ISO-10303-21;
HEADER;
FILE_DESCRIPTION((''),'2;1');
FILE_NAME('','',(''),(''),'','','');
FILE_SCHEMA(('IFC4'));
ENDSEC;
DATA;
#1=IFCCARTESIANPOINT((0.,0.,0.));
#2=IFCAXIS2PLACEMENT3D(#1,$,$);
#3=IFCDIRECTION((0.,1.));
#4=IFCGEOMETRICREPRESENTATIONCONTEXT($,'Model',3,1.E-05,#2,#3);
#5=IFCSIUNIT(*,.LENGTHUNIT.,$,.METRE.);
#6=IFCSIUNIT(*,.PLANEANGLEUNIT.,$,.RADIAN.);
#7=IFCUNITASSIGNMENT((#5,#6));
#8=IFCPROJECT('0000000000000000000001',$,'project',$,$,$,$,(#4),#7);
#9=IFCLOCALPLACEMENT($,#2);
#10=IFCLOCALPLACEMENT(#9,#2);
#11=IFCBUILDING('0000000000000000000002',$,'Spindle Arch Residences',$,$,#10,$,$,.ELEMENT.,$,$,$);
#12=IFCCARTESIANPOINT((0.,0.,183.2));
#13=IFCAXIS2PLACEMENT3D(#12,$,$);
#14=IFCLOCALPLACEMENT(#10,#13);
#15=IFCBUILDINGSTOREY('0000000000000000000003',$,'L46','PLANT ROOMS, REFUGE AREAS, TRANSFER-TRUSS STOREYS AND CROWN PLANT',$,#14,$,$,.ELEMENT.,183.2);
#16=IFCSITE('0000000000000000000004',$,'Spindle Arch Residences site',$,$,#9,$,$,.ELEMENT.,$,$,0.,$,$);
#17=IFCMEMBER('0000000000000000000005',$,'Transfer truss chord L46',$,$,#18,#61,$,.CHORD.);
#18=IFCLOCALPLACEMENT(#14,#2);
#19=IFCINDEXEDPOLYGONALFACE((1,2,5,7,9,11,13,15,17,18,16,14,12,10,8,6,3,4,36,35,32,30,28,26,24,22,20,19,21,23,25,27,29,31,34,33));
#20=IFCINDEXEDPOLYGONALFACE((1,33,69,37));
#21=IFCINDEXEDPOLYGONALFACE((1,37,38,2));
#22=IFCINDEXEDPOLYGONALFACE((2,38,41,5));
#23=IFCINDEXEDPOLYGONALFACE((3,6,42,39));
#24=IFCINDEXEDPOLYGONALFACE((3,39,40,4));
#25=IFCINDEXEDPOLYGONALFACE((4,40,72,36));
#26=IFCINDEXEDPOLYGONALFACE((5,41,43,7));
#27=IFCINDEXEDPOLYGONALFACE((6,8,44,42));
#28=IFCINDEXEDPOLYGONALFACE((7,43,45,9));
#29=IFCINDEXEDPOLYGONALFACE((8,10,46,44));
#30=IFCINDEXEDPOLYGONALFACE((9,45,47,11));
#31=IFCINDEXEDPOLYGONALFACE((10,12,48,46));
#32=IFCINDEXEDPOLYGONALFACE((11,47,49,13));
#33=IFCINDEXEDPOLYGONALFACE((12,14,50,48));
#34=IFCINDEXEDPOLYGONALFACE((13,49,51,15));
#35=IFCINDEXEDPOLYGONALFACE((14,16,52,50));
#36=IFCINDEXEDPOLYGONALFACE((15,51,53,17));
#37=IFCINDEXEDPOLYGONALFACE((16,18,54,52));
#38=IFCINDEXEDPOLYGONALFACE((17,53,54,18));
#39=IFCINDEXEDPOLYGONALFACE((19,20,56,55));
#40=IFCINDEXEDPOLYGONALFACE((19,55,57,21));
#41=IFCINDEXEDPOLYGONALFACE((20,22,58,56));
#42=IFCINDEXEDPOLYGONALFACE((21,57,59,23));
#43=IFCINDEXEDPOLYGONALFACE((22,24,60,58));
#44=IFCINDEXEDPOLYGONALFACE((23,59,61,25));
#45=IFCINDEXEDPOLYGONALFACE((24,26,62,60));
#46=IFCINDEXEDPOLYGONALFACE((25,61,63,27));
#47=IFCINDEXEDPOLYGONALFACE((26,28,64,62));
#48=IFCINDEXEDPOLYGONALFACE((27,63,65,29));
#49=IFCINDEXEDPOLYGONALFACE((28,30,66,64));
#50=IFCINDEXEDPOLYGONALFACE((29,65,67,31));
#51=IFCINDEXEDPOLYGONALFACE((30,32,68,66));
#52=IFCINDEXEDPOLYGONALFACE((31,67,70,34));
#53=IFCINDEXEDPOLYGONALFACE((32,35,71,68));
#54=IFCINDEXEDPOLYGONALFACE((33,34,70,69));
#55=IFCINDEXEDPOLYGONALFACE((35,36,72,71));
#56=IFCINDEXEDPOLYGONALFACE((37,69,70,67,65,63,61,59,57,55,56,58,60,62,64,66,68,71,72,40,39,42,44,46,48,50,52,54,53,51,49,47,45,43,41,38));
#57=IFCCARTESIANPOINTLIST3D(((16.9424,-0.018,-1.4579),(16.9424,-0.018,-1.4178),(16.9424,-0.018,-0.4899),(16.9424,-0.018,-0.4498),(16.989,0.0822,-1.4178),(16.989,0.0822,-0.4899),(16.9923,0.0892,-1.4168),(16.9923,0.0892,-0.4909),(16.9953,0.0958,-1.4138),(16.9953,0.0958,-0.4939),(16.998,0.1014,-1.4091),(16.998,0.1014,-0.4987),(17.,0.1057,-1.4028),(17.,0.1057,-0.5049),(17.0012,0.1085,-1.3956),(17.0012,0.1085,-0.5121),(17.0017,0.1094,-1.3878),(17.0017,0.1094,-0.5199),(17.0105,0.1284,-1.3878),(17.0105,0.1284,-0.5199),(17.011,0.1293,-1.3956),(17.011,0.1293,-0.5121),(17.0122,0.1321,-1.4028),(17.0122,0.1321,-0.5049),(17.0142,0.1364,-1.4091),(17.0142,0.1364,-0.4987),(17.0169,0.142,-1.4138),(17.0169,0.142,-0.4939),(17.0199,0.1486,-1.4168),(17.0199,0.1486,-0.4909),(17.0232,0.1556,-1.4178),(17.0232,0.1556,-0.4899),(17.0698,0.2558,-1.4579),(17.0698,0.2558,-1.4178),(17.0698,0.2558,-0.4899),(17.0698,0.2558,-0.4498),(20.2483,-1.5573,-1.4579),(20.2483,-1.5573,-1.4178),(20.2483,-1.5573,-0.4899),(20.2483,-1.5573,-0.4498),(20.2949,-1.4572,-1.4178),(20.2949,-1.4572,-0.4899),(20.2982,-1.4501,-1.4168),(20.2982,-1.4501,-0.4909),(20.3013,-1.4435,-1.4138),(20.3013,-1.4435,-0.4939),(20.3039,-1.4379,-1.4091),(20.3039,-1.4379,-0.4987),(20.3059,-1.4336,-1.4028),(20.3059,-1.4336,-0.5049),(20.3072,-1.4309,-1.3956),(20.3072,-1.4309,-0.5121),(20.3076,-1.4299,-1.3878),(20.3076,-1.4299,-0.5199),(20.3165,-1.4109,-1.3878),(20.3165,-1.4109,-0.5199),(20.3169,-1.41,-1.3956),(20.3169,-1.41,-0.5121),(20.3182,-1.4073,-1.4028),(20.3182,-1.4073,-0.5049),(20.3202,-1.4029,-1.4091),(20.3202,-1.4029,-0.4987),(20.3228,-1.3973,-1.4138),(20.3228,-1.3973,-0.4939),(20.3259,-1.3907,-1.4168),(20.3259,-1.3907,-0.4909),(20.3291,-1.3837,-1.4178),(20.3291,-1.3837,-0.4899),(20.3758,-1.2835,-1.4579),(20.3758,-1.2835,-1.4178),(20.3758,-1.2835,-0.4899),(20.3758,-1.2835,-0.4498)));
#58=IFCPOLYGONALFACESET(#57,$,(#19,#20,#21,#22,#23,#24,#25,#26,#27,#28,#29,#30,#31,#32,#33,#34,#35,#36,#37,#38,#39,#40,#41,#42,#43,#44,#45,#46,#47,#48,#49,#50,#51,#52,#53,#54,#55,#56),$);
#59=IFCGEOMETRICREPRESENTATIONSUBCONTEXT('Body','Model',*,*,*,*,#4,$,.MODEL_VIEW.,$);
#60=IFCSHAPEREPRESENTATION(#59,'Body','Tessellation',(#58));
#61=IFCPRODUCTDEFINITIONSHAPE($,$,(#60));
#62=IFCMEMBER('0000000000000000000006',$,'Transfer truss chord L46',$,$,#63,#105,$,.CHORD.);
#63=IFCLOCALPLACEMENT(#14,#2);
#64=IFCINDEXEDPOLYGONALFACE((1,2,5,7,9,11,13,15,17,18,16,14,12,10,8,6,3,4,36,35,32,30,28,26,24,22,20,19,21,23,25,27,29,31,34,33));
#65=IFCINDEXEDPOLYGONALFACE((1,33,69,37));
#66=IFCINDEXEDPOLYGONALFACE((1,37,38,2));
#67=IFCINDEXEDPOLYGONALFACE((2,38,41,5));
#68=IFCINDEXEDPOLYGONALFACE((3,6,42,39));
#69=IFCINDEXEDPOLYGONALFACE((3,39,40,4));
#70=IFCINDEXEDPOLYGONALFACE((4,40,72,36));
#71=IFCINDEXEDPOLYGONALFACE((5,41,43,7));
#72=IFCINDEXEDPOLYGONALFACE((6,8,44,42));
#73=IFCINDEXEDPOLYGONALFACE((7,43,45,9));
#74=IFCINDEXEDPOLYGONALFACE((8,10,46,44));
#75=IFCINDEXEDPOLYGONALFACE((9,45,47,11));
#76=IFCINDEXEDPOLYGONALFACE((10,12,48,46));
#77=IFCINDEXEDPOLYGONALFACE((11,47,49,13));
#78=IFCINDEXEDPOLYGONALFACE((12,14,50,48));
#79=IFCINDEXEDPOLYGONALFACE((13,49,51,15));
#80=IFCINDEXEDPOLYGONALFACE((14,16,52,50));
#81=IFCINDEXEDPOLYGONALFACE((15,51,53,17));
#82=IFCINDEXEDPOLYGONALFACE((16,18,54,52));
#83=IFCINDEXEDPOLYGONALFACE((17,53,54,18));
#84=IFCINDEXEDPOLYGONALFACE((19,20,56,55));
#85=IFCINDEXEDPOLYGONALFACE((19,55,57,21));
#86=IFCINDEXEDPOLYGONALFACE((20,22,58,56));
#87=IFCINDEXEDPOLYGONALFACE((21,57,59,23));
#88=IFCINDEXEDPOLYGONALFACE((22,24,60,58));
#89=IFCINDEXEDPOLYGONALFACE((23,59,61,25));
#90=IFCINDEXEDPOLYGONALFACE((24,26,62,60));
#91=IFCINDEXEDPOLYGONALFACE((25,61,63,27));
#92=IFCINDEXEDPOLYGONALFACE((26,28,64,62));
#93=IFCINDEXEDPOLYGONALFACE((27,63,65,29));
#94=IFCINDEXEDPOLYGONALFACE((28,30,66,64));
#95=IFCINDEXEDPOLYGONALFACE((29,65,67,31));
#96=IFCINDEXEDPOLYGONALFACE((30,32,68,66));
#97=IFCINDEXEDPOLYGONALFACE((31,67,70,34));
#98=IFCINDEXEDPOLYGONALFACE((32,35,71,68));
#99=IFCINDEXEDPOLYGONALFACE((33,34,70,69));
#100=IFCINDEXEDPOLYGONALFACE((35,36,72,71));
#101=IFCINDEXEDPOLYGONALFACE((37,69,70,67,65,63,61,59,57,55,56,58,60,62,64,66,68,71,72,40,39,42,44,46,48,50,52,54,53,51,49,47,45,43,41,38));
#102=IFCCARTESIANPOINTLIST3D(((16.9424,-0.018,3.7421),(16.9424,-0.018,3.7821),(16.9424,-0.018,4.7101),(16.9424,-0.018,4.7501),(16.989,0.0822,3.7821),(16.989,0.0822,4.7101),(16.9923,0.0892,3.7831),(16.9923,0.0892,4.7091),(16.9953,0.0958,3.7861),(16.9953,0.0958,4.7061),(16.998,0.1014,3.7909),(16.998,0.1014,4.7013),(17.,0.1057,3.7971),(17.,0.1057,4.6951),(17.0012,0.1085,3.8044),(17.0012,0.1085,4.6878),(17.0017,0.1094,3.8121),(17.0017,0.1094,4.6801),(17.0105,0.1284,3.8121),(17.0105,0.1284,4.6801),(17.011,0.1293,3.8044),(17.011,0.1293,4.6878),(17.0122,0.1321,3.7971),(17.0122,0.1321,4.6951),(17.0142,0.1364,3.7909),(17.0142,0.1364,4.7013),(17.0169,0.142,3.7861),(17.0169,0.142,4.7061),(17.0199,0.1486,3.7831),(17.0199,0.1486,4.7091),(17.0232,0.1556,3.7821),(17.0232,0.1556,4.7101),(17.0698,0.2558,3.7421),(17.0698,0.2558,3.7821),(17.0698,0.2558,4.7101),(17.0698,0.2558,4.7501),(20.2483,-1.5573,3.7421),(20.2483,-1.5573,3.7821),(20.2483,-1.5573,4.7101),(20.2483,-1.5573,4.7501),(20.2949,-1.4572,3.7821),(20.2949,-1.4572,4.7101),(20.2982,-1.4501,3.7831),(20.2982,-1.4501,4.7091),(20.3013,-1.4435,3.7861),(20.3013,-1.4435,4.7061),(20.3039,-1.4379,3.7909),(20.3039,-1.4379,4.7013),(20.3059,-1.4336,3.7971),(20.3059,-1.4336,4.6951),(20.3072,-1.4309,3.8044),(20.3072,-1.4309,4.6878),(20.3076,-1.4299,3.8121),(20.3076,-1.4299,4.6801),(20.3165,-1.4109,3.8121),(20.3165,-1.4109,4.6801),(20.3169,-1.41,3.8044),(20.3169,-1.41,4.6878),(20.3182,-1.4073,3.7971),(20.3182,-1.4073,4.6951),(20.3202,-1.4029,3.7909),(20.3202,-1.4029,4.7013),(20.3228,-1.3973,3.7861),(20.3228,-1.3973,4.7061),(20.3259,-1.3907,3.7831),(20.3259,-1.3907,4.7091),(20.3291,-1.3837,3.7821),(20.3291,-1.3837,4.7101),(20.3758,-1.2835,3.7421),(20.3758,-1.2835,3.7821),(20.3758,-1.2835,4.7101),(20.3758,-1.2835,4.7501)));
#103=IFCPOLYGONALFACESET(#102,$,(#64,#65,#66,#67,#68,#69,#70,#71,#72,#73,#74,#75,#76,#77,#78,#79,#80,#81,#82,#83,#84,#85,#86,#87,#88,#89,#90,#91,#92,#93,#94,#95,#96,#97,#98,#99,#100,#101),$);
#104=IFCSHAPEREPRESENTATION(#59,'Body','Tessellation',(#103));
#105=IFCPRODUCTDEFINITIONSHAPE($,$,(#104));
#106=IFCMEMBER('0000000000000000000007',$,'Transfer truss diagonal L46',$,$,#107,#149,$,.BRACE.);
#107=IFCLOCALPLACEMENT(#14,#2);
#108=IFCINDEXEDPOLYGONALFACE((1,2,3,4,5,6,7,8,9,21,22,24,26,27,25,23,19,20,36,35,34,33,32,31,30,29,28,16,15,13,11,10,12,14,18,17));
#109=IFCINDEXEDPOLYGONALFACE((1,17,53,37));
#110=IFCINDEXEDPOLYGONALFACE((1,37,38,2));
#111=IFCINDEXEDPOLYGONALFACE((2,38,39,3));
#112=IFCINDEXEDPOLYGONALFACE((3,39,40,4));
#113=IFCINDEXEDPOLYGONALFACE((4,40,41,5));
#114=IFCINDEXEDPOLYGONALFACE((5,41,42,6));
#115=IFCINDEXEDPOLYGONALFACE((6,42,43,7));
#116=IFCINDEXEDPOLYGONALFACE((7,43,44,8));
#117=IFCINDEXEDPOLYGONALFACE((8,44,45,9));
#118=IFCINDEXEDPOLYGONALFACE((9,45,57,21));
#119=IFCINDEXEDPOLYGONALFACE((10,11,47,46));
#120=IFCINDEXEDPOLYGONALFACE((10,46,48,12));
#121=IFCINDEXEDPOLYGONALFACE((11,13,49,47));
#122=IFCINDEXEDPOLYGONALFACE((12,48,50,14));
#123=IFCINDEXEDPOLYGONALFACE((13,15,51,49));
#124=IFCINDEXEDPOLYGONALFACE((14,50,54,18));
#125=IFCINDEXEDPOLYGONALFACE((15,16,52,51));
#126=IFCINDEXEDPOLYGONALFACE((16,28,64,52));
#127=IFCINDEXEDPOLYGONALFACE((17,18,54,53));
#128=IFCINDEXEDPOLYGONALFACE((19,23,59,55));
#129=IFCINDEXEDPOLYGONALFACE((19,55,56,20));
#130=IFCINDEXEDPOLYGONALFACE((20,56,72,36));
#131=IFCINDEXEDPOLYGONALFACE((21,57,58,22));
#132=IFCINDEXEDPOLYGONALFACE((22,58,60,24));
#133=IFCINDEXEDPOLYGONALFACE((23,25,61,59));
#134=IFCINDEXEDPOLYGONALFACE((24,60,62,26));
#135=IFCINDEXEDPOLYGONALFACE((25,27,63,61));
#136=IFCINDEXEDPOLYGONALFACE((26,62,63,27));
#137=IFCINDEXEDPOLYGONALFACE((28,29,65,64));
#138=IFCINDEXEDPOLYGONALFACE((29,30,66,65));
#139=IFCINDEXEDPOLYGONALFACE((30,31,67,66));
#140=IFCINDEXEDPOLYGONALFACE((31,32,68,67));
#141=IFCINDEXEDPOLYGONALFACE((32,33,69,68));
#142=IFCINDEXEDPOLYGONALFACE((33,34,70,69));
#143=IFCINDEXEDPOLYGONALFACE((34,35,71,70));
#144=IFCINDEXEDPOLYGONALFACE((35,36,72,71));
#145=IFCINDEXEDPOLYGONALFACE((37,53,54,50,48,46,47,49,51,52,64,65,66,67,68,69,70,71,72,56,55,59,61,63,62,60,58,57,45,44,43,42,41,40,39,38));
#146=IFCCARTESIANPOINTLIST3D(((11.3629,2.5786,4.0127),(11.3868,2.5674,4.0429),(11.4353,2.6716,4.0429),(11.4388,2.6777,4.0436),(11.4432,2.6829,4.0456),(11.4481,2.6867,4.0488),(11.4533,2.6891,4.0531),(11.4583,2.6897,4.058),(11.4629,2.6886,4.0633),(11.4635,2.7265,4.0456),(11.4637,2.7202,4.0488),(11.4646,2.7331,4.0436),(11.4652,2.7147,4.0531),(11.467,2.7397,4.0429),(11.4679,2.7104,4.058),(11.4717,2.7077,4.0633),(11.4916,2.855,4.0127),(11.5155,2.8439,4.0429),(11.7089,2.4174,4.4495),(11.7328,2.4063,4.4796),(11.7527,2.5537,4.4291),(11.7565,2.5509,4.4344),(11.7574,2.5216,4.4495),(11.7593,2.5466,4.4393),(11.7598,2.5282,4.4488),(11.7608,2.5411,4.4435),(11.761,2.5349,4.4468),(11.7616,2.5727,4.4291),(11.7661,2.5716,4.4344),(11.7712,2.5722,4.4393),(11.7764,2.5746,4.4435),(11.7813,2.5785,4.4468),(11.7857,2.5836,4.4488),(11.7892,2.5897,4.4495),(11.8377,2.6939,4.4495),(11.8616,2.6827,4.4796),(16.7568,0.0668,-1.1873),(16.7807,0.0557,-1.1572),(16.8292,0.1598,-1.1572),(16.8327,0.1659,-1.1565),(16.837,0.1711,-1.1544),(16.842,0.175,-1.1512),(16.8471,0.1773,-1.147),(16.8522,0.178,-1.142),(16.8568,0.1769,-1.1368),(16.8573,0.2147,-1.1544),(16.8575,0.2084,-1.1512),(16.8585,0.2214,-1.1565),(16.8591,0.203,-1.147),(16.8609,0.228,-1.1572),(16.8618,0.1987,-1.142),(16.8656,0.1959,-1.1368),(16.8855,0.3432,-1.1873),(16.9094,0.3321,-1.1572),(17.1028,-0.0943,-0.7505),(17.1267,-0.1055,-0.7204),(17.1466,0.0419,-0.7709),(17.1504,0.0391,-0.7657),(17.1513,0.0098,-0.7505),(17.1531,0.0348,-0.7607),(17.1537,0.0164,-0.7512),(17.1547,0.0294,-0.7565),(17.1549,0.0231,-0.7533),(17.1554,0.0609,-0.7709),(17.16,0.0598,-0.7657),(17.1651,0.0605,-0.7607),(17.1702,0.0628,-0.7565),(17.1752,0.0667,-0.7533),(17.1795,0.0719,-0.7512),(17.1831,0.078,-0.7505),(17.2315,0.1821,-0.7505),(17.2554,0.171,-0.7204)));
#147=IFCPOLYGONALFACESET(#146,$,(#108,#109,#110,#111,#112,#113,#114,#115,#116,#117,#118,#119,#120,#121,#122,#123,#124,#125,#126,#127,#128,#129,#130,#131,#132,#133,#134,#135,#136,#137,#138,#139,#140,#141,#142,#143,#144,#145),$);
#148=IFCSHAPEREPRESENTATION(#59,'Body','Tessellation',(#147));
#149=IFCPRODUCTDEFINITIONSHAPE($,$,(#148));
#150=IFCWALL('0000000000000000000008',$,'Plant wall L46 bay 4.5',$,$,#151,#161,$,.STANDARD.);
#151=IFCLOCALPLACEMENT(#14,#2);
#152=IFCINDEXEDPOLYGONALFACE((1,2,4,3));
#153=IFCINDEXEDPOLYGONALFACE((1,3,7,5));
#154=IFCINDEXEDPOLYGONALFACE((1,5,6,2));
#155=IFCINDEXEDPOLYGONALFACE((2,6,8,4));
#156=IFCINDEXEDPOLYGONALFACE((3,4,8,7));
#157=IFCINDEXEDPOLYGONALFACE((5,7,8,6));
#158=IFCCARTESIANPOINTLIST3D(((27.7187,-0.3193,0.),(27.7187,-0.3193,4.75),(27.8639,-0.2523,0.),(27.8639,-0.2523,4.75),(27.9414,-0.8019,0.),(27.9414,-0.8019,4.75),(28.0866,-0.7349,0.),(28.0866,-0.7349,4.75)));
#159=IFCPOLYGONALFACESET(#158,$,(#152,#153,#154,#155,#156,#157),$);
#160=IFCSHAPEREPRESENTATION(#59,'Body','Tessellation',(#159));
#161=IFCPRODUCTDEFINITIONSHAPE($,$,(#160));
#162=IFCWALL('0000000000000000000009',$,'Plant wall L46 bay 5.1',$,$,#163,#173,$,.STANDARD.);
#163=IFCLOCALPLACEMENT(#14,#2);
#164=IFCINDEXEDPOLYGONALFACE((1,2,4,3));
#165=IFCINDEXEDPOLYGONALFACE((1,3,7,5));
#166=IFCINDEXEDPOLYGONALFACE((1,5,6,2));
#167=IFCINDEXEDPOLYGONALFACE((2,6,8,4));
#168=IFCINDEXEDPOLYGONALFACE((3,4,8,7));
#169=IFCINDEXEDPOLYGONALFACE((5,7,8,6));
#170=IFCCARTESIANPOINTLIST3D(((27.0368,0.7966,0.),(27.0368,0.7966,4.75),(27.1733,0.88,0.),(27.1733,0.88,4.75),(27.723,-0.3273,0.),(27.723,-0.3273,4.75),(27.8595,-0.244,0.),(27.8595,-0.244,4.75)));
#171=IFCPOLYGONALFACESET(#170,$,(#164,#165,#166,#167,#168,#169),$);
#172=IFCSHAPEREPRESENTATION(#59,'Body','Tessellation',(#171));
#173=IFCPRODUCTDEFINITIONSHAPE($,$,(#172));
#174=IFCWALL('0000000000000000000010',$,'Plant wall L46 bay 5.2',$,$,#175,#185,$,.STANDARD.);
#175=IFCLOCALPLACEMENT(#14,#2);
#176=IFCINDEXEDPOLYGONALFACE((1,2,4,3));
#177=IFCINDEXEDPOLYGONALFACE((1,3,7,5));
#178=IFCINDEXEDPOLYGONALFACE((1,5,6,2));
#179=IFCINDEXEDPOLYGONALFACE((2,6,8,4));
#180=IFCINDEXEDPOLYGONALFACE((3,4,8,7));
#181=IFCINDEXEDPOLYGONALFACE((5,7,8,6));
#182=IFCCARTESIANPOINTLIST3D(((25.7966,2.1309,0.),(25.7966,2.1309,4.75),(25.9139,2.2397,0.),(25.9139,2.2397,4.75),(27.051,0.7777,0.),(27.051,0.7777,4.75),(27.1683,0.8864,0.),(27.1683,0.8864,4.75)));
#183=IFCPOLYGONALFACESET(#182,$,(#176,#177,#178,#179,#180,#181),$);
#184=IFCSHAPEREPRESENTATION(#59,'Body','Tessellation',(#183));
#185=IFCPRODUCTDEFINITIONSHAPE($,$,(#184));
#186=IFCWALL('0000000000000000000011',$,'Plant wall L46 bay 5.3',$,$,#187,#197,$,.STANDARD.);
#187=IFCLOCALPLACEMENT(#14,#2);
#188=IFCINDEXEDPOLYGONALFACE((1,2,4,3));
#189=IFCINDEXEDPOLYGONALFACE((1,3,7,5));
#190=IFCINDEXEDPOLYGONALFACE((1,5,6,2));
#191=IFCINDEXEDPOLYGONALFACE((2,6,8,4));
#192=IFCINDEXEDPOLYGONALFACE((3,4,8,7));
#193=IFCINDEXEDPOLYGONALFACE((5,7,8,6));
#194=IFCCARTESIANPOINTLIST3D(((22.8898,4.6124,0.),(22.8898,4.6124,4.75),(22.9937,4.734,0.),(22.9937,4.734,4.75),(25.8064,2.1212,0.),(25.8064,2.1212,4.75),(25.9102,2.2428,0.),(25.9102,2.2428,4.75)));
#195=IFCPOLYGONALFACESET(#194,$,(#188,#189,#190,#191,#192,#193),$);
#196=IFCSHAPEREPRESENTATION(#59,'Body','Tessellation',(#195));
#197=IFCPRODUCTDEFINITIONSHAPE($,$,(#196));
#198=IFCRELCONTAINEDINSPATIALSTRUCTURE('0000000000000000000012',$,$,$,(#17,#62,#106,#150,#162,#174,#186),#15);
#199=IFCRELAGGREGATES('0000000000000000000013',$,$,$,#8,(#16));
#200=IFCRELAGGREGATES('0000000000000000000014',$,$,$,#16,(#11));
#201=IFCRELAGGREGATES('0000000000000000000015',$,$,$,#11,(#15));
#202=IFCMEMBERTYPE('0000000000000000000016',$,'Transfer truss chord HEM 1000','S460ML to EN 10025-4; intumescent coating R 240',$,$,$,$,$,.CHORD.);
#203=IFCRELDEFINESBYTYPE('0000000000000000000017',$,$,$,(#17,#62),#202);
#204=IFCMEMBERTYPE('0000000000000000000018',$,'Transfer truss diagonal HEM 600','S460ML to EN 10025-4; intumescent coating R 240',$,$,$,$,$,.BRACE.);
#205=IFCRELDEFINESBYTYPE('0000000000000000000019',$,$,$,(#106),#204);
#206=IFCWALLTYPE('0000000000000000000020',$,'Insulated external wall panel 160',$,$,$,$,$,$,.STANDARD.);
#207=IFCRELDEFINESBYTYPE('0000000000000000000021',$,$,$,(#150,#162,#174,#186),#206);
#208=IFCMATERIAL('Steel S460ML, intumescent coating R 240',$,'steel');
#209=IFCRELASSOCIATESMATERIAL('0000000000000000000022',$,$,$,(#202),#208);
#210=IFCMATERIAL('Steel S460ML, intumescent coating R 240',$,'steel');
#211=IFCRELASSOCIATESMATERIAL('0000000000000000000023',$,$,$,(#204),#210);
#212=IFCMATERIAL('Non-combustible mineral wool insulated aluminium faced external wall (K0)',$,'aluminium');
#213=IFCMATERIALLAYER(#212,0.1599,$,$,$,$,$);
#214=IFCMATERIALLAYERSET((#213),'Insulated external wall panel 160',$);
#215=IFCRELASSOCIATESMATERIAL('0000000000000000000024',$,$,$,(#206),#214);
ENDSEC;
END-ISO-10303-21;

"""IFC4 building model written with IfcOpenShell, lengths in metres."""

from ifc_helpers import new_model, si_unit, direction, frame, frame_2d, origin, origin_2d, place, context, subcontext, project, spatial, rectangle, i_section, extrude, material, layer, layer_set, material_profile, profile_set, type_object, element, save


model = new_model("IFC4")

# Units and contexts
model_context = context("Model", 3, precision=1e-05, world=origin(), true_north=direction((0.0, 1.0)))
body_context = subcontext(model_context, "Body", "Model", "MODEL_VIEW")
ifc_project = project(units=[si_unit("LENGTHUNIT", "METRE"), si_unit("PLANEANGLEUNIT", "RADIAN")], contexts=[model_context])

# Site, building, storey
site_placement = place(None, origin())
site = spatial("IfcSite", under=ifc_project, at=site_placement, Name="Spindle Arch Residences site", CompositionType="ELEMENT", RefElevation=0.0)
building_placement = place(site_placement, origin())
building = spatial("IfcBuilding", under=site, at=building_placement, Name="Spindle Arch Residences", CompositionType="ELEMENT")
storey_placement = place(building_placement, frame((0.0, 0.0, 183.2)))
storey = spatial("IfcBuildingStorey", under=building, at=storey_placement, Name="L46", Description="PLANT ROOMS, REFUGE AREAS, TRANSFER-TRUSS STOREYS AND CROWN PLANT", CompositionType="ELEMENT", Elevation=183.2)

# Members
ifc_material_1 = material(Name="Steel S460ML, intumescent coating R 240", Category="steel")
ifc_material_profile_1 = material_profile(ifc_material_1, i_section(OverallWidth=0.302, OverallDepth=1.0081, WebThickness=0.021, FlangeThickness=0.04, FilletRadius=0.03, at=origin_2d()), Name="HEM 1000")
ifc_profile_set_1 = profile_set([ifc_material_profile_1], Name="Steel S460ML, intumescent coating R 240")
member_type_1 = type_object("IfcMemberType", Name="Transfer truss chord HEM 1000", Description="S460ML to EN 10025-4; intumescent coating R 240", PredefinedType="CHORD", material=ifc_profile_set_1)
for number, where, z_axis, x_axis, name in (
    (1, (17.0061, 0.1189, -0.9539), (0.906545, -0.422108, 0.0), (0.422108, 0.906545, 0.0), "Transfer truss chord L46"),
    (2, (17.0061, 0.1189, 4.2461), (0.906545, -0.422108, 0.0), (0.422108, 0.906545, 0.0), "Transfer truss chord L46"),
):
    element("IfcMember", number, at=place(storey_placement, frame(where, z_axis=z_axis, x_axis=x_axis)), inside=storey, type_object=member_type_1, Name=name, PredefinedType="CHORD", context=body_context, shape_type="SweptSolid", body=[
        extrude(i_section(OverallWidth=0.302, OverallDepth=1.0081, WebThickness=0.021, FlangeThickness=0.04, FilletRadius=0.03, at=origin_2d()), origin(), (0.0, 0.0, 1.0), 3.6467),
    ])
ifc_material_2 = material(Name="Steel S460ML, intumescent coating R 240", Category="steel")
ifc_material_profile_2 = material_profile(ifc_material_2, i_section(OverallWidth=0.3049, OverallDepth=0.6201, WebThickness=0.021, FlangeThickness=0.04, FilletRadius=0.0271, at=origin_2d()), Name="HEM 600")
ifc_profile_set_2 = profile_set([ifc_material_profile_2], Name="Steel S460ML, intumescent coating R 240")
member_type_2 = type_object("IfcMemberType", Name="Transfer truss diagonal HEM 600", Description="S460ML to EN 10025-4; intumescent coating R 240", PredefinedType="BRACE", material=ifc_profile_set_2)
member_1_placement = place(storey_placement, frame((17.0061, 0.1189, -0.9539), z_axis=(-0.682588, 0.317859, 0.658057), x_axis=(-0.422142, -0.90653, 0.0)))
element("IfcMember", 3, at=member_1_placement, inside=storey, type_object=member_type_2, Name="Transfer truss diagonal L46", PredefinedType="BRACE", context=body_context, shape_type="SweptSolid", body=[
    extrude(i_section(OverallWidth=0.3049, OverallDepth=0.6201, WebThickness=0.021, FlangeThickness=0.04, FilletRadius=0.0271, at=origin_2d()), origin(), (0.0, 0.0, 1.0), 7.9021),
])

# Walls
ifc_material_3 = material(Name="Non-combustible mineral wool insulated aluminium faced external wall (K0)", Category="aluminium")
ifc_layer_1 = layer(ifc_material_3, 0.1599)
ifc_layer_set_1 = layer_set([ifc_layer_1], Name="Insulated external wall panel 160")
wall_type_1 = type_object("IfcWallType", Name="Insulated external wall panel 160", PredefinedType="STANDARD", material=ifc_layer_set_1)
wall_1_placement = place(storey_placement, frame((28.0139, -0.7683, 0.0), z_axis=(0.0, 0.0, 1.0), x_axis=(-0.418883, 0.90804, 0.0)))
element("IfcWall", 4, at=wall_1_placement, inside=storey, type_object=wall_type_1, Name="Plant wall L46 bay 4.5", PredefinedType="STANDARD", context=body_context, shape_type="SweptSolid", body=[
    extrude(rectangle(XDim=0.5315, YDim=0.1599, at=frame_2d((0.2656, 0.0))), origin(), (0.0, 0.0, 1.0), 4.75),
])
wall_2_placement = place(storey_placement, frame((27.7913, -0.2856, 0.0), z_axis=(0.0, 0.0, 1.0), x_axis=(-0.521105, 0.853493, 0.0)))
element("IfcWall", 5, at=wall_2_placement, inside=storey, type_object=wall_type_1, Name="Plant wall L46 bay 5.1", PredefinedType="STANDARD", context=body_context, shape_type="SweptSolid", body=[
    extrude(rectangle(XDim=1.3169, YDim=0.1599, at=frame_2d((0.6584, 0.0))), origin(), (0.0, 0.0, 1.0), 4.75),
])
wall_3_placement = place(storey_placement, frame((27.1096, 0.832, 0.0), z_axis=(0.0, 0.0, 1.0), x_axis=(-0.679806, 0.733392, 0.0)))
element("IfcWall", 6, at=wall_3_placement, inside=storey, type_object=wall_type_1, Name="Plant wall L46 bay 5.2", PredefinedType="STANDARD", context=body_context, shape_type="SweptSolid", body=[
    extrude(rectangle(XDim=1.8452, YDim=0.1599, at=frame_2d((0.9226, 0.0))), origin(), (0.0, 0.0, 1.0), 4.75),
])
wall_4_placement = place(storey_placement, frame((25.8584, 2.1819, 0.0), z_axis=(0.0, 0.0, 1.0), x_axis=(-0.76037, 0.64949, 0.0)))
element("IfcWall", 7, at=wall_4_placement, inside=storey, type_object=wall_type_1, Name="Plant wall L46 bay 5.3", PredefinedType="STANDARD", context=body_context, shape_type="SweptSolid", body=[
    extrude(rectangle(XDim=3.8357, YDim=0.1599, at=frame_2d((1.918, 0.0))), origin(), (0.0, 0.0, 1.0), 4.75),
])

save(model, "model.ifc")
